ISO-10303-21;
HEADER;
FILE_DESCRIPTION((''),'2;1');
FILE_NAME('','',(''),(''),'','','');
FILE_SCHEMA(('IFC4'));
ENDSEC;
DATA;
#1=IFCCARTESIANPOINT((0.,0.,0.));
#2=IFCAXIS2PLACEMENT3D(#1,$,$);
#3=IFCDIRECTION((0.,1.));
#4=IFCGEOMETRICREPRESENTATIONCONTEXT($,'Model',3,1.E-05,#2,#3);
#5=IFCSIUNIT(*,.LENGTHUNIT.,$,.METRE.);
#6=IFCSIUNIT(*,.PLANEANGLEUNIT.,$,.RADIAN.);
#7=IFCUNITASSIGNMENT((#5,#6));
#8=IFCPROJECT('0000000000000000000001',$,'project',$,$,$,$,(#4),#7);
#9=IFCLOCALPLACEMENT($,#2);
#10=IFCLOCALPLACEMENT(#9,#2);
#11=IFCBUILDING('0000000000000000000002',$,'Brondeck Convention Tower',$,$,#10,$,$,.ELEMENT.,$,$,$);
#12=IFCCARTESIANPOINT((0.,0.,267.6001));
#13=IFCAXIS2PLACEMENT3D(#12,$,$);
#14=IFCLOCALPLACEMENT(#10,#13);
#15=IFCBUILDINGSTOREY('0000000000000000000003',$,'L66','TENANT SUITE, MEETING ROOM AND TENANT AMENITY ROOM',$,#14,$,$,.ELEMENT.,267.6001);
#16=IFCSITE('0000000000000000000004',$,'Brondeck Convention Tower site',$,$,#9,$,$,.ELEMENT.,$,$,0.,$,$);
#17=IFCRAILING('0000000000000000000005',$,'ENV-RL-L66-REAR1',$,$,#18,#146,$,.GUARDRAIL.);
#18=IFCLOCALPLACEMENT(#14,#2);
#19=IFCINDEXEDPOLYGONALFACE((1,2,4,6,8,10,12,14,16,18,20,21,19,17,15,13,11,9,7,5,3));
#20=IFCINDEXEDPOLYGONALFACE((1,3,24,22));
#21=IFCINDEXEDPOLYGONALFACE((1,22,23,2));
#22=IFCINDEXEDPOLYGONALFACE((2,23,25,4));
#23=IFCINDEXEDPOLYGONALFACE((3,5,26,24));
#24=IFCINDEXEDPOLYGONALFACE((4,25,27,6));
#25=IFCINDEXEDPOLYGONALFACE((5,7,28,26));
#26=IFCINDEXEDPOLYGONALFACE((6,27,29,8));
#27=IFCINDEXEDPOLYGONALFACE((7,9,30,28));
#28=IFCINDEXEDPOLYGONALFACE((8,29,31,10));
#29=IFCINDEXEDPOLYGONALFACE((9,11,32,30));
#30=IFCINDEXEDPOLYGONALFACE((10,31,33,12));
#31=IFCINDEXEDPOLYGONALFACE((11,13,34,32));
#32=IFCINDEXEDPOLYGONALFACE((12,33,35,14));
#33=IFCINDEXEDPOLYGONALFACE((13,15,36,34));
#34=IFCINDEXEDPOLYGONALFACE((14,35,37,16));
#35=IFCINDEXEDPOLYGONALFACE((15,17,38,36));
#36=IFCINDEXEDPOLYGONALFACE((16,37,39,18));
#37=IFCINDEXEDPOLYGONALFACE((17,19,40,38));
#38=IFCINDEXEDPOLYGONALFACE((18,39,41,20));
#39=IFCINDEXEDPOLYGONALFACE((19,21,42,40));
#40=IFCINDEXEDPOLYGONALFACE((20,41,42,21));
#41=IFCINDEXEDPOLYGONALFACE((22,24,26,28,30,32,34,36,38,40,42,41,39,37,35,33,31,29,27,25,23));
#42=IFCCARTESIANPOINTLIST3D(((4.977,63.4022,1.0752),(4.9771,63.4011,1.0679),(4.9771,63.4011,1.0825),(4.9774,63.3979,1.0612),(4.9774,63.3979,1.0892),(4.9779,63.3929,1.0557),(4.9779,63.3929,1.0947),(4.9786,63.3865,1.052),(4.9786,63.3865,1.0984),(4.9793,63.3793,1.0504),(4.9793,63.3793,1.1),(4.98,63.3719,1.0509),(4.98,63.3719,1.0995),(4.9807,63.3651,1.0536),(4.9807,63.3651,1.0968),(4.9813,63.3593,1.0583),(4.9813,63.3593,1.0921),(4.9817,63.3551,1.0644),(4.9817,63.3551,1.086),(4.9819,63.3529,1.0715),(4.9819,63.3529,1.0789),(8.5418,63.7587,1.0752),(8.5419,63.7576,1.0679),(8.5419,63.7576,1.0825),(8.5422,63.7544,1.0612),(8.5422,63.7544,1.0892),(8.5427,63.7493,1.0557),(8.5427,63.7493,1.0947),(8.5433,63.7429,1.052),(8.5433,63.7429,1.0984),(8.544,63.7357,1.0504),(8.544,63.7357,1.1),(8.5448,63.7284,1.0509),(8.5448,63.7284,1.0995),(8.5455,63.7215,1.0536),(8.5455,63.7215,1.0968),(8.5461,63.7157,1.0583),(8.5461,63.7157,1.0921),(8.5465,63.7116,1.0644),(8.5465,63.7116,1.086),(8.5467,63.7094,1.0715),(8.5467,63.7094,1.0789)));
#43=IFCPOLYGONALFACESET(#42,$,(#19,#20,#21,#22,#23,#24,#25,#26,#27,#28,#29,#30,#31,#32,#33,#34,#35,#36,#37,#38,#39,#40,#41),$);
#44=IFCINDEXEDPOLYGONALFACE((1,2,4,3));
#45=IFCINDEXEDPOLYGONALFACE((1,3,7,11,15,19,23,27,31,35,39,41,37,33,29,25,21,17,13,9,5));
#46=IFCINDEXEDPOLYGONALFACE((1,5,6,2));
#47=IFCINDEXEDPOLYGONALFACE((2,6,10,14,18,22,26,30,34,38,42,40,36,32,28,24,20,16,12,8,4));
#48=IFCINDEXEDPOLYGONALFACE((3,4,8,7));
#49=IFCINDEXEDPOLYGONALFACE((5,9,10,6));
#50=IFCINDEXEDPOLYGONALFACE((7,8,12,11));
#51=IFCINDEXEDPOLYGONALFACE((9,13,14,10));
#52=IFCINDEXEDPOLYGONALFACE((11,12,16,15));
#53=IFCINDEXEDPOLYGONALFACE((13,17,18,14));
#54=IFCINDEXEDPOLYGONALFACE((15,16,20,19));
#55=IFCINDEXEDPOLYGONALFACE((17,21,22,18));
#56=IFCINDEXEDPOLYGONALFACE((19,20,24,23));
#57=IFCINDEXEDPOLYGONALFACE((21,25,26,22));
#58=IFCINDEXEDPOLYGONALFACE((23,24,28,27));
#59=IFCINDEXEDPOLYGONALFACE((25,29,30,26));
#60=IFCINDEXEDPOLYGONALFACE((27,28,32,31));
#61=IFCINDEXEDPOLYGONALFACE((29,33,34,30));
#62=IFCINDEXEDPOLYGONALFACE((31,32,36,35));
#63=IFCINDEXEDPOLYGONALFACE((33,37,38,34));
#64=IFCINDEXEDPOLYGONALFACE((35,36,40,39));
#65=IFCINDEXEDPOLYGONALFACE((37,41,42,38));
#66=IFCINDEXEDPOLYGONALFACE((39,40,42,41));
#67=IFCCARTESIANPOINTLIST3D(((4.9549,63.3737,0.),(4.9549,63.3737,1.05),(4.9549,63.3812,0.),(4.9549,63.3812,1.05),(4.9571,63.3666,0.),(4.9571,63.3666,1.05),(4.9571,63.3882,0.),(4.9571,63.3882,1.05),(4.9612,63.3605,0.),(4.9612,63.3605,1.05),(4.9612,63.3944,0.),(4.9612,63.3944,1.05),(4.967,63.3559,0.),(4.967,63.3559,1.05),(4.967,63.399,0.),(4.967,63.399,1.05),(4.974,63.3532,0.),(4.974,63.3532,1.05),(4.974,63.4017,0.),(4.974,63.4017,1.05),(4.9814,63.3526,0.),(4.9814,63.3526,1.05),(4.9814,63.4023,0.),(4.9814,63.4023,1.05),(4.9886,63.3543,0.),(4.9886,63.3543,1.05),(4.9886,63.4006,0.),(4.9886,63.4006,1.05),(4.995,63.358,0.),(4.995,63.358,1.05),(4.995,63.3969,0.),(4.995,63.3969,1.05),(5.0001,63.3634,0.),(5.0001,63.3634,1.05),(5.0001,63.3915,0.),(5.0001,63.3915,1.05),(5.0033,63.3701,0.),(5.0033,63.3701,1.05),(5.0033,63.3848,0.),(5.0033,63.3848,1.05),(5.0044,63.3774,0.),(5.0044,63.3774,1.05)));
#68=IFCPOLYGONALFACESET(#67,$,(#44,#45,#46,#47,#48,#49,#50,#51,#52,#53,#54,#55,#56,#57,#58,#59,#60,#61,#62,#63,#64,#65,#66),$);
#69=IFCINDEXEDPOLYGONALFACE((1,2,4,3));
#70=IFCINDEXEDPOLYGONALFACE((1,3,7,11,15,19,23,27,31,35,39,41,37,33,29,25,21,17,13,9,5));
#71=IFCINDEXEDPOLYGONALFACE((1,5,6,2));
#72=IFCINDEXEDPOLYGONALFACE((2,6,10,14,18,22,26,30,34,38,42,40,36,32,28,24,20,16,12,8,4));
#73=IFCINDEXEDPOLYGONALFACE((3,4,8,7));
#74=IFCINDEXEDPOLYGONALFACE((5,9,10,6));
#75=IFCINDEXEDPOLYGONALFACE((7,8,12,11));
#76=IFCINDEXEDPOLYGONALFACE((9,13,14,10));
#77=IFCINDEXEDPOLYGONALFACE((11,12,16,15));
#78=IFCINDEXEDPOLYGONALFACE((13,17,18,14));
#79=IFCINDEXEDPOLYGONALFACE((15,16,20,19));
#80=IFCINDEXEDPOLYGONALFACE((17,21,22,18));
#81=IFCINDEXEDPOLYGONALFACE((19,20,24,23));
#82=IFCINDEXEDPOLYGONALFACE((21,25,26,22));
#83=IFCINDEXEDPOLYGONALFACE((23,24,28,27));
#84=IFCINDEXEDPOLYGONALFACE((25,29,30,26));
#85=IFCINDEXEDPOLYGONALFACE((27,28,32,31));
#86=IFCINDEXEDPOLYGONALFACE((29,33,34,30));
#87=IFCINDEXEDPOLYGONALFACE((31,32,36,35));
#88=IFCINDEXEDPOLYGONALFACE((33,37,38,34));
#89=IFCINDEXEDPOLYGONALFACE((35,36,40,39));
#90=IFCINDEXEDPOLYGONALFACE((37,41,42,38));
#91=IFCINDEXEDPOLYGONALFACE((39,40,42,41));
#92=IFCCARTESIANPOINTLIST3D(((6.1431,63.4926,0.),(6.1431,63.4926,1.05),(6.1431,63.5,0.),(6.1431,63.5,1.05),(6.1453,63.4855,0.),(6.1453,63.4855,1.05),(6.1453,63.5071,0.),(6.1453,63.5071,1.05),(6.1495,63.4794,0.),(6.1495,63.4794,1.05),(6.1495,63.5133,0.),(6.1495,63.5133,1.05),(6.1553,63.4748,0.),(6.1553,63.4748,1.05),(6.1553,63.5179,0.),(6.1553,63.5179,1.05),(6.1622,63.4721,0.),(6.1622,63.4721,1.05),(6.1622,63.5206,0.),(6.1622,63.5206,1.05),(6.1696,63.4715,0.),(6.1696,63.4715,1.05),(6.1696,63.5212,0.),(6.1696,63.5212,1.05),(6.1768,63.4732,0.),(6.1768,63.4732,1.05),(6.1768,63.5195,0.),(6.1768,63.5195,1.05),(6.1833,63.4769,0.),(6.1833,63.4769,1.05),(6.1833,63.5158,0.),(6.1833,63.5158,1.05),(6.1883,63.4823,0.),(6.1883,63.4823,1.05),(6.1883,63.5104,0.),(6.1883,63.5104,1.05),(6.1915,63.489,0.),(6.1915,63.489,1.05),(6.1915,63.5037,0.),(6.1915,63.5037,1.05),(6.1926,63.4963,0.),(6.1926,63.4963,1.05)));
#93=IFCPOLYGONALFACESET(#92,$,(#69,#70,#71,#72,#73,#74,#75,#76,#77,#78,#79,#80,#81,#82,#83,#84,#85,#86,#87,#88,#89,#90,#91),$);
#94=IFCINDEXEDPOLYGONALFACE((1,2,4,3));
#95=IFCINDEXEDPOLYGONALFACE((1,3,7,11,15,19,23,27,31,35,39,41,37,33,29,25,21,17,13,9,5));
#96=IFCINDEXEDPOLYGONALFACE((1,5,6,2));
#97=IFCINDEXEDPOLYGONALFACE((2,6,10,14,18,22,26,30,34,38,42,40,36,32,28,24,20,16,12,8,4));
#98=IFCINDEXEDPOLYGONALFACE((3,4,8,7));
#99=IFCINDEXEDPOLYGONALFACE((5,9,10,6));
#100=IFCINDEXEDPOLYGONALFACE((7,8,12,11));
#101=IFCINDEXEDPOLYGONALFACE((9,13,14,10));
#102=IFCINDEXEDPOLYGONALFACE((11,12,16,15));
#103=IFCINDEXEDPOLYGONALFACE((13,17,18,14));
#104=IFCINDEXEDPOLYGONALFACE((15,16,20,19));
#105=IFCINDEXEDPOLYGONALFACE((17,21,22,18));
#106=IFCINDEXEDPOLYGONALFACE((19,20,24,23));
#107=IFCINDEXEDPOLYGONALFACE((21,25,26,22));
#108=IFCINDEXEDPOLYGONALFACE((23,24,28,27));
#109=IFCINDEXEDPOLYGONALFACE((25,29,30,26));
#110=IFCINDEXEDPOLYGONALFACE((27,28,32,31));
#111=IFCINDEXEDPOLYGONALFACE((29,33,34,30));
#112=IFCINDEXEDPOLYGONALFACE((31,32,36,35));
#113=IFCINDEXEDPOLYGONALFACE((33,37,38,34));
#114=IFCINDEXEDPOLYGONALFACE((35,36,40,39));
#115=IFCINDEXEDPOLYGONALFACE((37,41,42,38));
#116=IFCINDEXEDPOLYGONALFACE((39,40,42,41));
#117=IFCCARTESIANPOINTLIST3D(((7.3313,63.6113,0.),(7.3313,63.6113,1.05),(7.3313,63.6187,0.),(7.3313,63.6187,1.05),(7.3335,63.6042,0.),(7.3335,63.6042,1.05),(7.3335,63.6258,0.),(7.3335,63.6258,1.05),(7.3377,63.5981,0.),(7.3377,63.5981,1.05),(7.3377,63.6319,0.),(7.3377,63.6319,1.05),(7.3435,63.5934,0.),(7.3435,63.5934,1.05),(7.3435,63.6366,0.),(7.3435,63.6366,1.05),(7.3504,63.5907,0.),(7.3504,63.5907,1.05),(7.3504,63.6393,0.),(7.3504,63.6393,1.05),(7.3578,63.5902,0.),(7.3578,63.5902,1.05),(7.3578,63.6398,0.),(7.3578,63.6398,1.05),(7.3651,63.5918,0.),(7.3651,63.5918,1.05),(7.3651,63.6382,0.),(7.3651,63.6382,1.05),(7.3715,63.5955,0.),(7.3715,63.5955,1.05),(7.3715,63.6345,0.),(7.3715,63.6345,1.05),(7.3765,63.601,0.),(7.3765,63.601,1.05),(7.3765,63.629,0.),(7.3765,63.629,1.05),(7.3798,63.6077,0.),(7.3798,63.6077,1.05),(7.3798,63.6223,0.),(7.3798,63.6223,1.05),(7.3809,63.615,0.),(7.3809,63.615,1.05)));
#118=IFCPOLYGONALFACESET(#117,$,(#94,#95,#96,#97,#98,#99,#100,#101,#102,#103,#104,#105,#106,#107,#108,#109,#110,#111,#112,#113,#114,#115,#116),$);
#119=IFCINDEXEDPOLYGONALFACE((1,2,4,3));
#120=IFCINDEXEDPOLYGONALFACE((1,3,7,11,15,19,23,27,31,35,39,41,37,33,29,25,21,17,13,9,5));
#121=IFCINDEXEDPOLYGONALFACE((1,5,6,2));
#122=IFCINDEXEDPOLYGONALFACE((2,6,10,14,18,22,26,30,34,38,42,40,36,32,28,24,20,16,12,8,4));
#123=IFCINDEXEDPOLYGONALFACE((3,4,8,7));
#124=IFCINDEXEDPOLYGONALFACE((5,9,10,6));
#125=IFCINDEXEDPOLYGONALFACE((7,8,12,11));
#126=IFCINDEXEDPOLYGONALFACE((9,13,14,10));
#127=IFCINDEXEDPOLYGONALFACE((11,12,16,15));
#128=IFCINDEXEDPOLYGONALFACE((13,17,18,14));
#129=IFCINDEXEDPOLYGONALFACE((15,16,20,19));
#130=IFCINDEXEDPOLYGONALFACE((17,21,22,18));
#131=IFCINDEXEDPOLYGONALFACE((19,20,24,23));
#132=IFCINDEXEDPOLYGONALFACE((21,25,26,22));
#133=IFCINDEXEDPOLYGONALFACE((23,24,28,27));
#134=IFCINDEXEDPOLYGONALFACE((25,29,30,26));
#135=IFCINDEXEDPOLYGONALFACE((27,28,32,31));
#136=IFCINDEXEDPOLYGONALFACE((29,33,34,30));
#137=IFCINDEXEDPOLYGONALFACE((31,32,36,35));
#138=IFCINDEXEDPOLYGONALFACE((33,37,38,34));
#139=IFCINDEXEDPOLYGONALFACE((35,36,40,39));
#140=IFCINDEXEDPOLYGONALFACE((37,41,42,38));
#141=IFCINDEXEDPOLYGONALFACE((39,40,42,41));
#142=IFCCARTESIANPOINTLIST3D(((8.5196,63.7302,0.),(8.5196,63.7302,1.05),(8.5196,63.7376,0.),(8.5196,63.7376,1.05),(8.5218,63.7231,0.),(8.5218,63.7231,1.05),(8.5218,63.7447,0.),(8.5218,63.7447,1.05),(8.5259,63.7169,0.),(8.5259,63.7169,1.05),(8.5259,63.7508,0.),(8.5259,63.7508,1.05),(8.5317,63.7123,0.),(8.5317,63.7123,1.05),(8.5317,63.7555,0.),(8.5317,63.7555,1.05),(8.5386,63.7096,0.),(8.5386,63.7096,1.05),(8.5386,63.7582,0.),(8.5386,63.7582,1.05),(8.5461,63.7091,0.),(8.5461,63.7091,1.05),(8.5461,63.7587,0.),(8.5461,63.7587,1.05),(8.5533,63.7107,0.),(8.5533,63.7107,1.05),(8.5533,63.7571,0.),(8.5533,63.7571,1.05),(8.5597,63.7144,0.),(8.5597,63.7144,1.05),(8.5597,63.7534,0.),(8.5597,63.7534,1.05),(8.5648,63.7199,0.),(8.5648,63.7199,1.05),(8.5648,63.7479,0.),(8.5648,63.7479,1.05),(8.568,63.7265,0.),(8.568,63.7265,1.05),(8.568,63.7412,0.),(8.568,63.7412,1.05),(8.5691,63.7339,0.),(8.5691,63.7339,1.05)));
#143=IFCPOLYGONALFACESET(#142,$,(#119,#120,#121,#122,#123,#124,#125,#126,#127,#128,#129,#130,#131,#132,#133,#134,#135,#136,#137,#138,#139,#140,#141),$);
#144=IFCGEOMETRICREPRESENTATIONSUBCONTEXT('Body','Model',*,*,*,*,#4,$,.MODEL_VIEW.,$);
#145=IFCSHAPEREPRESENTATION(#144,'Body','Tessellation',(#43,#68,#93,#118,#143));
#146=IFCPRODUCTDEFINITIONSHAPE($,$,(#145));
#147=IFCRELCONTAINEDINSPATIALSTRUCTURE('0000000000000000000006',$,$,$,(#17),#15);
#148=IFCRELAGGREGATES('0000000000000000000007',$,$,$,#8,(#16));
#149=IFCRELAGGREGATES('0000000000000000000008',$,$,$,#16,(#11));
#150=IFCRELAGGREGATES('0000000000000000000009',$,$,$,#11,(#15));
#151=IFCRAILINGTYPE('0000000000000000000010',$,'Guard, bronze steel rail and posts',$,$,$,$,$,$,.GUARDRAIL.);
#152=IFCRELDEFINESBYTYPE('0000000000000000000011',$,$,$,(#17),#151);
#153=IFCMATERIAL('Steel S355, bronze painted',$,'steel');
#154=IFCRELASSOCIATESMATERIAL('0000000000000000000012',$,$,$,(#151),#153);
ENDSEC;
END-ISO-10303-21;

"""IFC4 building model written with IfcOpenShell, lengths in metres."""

from ifc_helpers import new_model, si_unit, direction, frame, origin, origin_2d, place, context, subcontext, project, spatial, circle, extrude, material, type_object, element, save


model = new_model("IFC4")

# Units and contexts
model_context = context("Model", 3, precision=1e-05, world=origin(), true_north=direction((0.0, 1.0)))
body_context = subcontext(model_context, "Body", "Model", "MODEL_VIEW")
ifc_project = project(units=[si_unit("LENGTHUNIT", "METRE"), si_unit("PLANEANGLEUNIT", "RADIAN")], contexts=[model_context])

# Site, building, storey
site_placement = place(None, origin())
site = spatial("IfcSite", under=ifc_project, at=site_placement, Name="Brondeck Convention Tower site", CompositionType="ELEMENT", RefElevation=0.0)
building_placement = place(site_placement, origin())
building = spatial("IfcBuilding", under=site, at=building_placement, Name="Brondeck Convention Tower", CompositionType="ELEMENT")
storey_placement = place(building_placement, frame((0.0, 0.0, 267.6001)))
storey = spatial("IfcBuildingStorey", under=building, at=storey_placement, Name="L66", Description="TENANT SUITE, MEETING ROOM AND TENANT AMENITY ROOM", CompositionType="ELEMENT", Elevation=267.6001)

# Railing
ifc_material_1 = material(Name="Steel S355, bronze painted", Category="steel")
railing_type = type_object("IfcRailingType", Name="Guard, bronze steel rail and posts", PredefinedType="GUARDRAIL", material=ifc_material_1)
railing_placement = place(storey_placement, frame((4.9795, 63.3774, 0.0)))
element("IfcRailing", 1, at=railing_placement, inside=storey, type_object=railing_type, Name="ENV-RL-L66-REAR1", PredefinedType="GUARDRAIL", context=body_context, shape_type="SweptSolid", body=[
    extrude(circle(Radius=0.0249, at=origin_2d()), frame((0.0, 0.0, 1.0752), z_axis=(0.995038, 0.099497, 0.0), x_axis=(-0.099497, 0.995038, 0.0)), (0.0, 0.0, 1.0), 3.5825),
    extrude(circle(Radius=0.0249, at=origin_2d()), origin(), (0.0, 0.0, 1.0), 1.05),
    extrude(circle(Radius=0.0249, at=origin_2d()), frame((1.1882, 0.1189, 0.0)), (0.0, 0.0, 1.0), 1.05),
    extrude(circle(Radius=0.0249, at=origin_2d()), frame((2.3765, 0.2375, 0.0)), (0.0, 0.0, 1.0), 1.05),
    extrude(circle(Radius=0.0249, at=origin_2d()), frame((3.5647, 0.3564, 0.0)), (0.0, 0.0, 1.0), 1.05),
])

save(model, "model.ifc")
